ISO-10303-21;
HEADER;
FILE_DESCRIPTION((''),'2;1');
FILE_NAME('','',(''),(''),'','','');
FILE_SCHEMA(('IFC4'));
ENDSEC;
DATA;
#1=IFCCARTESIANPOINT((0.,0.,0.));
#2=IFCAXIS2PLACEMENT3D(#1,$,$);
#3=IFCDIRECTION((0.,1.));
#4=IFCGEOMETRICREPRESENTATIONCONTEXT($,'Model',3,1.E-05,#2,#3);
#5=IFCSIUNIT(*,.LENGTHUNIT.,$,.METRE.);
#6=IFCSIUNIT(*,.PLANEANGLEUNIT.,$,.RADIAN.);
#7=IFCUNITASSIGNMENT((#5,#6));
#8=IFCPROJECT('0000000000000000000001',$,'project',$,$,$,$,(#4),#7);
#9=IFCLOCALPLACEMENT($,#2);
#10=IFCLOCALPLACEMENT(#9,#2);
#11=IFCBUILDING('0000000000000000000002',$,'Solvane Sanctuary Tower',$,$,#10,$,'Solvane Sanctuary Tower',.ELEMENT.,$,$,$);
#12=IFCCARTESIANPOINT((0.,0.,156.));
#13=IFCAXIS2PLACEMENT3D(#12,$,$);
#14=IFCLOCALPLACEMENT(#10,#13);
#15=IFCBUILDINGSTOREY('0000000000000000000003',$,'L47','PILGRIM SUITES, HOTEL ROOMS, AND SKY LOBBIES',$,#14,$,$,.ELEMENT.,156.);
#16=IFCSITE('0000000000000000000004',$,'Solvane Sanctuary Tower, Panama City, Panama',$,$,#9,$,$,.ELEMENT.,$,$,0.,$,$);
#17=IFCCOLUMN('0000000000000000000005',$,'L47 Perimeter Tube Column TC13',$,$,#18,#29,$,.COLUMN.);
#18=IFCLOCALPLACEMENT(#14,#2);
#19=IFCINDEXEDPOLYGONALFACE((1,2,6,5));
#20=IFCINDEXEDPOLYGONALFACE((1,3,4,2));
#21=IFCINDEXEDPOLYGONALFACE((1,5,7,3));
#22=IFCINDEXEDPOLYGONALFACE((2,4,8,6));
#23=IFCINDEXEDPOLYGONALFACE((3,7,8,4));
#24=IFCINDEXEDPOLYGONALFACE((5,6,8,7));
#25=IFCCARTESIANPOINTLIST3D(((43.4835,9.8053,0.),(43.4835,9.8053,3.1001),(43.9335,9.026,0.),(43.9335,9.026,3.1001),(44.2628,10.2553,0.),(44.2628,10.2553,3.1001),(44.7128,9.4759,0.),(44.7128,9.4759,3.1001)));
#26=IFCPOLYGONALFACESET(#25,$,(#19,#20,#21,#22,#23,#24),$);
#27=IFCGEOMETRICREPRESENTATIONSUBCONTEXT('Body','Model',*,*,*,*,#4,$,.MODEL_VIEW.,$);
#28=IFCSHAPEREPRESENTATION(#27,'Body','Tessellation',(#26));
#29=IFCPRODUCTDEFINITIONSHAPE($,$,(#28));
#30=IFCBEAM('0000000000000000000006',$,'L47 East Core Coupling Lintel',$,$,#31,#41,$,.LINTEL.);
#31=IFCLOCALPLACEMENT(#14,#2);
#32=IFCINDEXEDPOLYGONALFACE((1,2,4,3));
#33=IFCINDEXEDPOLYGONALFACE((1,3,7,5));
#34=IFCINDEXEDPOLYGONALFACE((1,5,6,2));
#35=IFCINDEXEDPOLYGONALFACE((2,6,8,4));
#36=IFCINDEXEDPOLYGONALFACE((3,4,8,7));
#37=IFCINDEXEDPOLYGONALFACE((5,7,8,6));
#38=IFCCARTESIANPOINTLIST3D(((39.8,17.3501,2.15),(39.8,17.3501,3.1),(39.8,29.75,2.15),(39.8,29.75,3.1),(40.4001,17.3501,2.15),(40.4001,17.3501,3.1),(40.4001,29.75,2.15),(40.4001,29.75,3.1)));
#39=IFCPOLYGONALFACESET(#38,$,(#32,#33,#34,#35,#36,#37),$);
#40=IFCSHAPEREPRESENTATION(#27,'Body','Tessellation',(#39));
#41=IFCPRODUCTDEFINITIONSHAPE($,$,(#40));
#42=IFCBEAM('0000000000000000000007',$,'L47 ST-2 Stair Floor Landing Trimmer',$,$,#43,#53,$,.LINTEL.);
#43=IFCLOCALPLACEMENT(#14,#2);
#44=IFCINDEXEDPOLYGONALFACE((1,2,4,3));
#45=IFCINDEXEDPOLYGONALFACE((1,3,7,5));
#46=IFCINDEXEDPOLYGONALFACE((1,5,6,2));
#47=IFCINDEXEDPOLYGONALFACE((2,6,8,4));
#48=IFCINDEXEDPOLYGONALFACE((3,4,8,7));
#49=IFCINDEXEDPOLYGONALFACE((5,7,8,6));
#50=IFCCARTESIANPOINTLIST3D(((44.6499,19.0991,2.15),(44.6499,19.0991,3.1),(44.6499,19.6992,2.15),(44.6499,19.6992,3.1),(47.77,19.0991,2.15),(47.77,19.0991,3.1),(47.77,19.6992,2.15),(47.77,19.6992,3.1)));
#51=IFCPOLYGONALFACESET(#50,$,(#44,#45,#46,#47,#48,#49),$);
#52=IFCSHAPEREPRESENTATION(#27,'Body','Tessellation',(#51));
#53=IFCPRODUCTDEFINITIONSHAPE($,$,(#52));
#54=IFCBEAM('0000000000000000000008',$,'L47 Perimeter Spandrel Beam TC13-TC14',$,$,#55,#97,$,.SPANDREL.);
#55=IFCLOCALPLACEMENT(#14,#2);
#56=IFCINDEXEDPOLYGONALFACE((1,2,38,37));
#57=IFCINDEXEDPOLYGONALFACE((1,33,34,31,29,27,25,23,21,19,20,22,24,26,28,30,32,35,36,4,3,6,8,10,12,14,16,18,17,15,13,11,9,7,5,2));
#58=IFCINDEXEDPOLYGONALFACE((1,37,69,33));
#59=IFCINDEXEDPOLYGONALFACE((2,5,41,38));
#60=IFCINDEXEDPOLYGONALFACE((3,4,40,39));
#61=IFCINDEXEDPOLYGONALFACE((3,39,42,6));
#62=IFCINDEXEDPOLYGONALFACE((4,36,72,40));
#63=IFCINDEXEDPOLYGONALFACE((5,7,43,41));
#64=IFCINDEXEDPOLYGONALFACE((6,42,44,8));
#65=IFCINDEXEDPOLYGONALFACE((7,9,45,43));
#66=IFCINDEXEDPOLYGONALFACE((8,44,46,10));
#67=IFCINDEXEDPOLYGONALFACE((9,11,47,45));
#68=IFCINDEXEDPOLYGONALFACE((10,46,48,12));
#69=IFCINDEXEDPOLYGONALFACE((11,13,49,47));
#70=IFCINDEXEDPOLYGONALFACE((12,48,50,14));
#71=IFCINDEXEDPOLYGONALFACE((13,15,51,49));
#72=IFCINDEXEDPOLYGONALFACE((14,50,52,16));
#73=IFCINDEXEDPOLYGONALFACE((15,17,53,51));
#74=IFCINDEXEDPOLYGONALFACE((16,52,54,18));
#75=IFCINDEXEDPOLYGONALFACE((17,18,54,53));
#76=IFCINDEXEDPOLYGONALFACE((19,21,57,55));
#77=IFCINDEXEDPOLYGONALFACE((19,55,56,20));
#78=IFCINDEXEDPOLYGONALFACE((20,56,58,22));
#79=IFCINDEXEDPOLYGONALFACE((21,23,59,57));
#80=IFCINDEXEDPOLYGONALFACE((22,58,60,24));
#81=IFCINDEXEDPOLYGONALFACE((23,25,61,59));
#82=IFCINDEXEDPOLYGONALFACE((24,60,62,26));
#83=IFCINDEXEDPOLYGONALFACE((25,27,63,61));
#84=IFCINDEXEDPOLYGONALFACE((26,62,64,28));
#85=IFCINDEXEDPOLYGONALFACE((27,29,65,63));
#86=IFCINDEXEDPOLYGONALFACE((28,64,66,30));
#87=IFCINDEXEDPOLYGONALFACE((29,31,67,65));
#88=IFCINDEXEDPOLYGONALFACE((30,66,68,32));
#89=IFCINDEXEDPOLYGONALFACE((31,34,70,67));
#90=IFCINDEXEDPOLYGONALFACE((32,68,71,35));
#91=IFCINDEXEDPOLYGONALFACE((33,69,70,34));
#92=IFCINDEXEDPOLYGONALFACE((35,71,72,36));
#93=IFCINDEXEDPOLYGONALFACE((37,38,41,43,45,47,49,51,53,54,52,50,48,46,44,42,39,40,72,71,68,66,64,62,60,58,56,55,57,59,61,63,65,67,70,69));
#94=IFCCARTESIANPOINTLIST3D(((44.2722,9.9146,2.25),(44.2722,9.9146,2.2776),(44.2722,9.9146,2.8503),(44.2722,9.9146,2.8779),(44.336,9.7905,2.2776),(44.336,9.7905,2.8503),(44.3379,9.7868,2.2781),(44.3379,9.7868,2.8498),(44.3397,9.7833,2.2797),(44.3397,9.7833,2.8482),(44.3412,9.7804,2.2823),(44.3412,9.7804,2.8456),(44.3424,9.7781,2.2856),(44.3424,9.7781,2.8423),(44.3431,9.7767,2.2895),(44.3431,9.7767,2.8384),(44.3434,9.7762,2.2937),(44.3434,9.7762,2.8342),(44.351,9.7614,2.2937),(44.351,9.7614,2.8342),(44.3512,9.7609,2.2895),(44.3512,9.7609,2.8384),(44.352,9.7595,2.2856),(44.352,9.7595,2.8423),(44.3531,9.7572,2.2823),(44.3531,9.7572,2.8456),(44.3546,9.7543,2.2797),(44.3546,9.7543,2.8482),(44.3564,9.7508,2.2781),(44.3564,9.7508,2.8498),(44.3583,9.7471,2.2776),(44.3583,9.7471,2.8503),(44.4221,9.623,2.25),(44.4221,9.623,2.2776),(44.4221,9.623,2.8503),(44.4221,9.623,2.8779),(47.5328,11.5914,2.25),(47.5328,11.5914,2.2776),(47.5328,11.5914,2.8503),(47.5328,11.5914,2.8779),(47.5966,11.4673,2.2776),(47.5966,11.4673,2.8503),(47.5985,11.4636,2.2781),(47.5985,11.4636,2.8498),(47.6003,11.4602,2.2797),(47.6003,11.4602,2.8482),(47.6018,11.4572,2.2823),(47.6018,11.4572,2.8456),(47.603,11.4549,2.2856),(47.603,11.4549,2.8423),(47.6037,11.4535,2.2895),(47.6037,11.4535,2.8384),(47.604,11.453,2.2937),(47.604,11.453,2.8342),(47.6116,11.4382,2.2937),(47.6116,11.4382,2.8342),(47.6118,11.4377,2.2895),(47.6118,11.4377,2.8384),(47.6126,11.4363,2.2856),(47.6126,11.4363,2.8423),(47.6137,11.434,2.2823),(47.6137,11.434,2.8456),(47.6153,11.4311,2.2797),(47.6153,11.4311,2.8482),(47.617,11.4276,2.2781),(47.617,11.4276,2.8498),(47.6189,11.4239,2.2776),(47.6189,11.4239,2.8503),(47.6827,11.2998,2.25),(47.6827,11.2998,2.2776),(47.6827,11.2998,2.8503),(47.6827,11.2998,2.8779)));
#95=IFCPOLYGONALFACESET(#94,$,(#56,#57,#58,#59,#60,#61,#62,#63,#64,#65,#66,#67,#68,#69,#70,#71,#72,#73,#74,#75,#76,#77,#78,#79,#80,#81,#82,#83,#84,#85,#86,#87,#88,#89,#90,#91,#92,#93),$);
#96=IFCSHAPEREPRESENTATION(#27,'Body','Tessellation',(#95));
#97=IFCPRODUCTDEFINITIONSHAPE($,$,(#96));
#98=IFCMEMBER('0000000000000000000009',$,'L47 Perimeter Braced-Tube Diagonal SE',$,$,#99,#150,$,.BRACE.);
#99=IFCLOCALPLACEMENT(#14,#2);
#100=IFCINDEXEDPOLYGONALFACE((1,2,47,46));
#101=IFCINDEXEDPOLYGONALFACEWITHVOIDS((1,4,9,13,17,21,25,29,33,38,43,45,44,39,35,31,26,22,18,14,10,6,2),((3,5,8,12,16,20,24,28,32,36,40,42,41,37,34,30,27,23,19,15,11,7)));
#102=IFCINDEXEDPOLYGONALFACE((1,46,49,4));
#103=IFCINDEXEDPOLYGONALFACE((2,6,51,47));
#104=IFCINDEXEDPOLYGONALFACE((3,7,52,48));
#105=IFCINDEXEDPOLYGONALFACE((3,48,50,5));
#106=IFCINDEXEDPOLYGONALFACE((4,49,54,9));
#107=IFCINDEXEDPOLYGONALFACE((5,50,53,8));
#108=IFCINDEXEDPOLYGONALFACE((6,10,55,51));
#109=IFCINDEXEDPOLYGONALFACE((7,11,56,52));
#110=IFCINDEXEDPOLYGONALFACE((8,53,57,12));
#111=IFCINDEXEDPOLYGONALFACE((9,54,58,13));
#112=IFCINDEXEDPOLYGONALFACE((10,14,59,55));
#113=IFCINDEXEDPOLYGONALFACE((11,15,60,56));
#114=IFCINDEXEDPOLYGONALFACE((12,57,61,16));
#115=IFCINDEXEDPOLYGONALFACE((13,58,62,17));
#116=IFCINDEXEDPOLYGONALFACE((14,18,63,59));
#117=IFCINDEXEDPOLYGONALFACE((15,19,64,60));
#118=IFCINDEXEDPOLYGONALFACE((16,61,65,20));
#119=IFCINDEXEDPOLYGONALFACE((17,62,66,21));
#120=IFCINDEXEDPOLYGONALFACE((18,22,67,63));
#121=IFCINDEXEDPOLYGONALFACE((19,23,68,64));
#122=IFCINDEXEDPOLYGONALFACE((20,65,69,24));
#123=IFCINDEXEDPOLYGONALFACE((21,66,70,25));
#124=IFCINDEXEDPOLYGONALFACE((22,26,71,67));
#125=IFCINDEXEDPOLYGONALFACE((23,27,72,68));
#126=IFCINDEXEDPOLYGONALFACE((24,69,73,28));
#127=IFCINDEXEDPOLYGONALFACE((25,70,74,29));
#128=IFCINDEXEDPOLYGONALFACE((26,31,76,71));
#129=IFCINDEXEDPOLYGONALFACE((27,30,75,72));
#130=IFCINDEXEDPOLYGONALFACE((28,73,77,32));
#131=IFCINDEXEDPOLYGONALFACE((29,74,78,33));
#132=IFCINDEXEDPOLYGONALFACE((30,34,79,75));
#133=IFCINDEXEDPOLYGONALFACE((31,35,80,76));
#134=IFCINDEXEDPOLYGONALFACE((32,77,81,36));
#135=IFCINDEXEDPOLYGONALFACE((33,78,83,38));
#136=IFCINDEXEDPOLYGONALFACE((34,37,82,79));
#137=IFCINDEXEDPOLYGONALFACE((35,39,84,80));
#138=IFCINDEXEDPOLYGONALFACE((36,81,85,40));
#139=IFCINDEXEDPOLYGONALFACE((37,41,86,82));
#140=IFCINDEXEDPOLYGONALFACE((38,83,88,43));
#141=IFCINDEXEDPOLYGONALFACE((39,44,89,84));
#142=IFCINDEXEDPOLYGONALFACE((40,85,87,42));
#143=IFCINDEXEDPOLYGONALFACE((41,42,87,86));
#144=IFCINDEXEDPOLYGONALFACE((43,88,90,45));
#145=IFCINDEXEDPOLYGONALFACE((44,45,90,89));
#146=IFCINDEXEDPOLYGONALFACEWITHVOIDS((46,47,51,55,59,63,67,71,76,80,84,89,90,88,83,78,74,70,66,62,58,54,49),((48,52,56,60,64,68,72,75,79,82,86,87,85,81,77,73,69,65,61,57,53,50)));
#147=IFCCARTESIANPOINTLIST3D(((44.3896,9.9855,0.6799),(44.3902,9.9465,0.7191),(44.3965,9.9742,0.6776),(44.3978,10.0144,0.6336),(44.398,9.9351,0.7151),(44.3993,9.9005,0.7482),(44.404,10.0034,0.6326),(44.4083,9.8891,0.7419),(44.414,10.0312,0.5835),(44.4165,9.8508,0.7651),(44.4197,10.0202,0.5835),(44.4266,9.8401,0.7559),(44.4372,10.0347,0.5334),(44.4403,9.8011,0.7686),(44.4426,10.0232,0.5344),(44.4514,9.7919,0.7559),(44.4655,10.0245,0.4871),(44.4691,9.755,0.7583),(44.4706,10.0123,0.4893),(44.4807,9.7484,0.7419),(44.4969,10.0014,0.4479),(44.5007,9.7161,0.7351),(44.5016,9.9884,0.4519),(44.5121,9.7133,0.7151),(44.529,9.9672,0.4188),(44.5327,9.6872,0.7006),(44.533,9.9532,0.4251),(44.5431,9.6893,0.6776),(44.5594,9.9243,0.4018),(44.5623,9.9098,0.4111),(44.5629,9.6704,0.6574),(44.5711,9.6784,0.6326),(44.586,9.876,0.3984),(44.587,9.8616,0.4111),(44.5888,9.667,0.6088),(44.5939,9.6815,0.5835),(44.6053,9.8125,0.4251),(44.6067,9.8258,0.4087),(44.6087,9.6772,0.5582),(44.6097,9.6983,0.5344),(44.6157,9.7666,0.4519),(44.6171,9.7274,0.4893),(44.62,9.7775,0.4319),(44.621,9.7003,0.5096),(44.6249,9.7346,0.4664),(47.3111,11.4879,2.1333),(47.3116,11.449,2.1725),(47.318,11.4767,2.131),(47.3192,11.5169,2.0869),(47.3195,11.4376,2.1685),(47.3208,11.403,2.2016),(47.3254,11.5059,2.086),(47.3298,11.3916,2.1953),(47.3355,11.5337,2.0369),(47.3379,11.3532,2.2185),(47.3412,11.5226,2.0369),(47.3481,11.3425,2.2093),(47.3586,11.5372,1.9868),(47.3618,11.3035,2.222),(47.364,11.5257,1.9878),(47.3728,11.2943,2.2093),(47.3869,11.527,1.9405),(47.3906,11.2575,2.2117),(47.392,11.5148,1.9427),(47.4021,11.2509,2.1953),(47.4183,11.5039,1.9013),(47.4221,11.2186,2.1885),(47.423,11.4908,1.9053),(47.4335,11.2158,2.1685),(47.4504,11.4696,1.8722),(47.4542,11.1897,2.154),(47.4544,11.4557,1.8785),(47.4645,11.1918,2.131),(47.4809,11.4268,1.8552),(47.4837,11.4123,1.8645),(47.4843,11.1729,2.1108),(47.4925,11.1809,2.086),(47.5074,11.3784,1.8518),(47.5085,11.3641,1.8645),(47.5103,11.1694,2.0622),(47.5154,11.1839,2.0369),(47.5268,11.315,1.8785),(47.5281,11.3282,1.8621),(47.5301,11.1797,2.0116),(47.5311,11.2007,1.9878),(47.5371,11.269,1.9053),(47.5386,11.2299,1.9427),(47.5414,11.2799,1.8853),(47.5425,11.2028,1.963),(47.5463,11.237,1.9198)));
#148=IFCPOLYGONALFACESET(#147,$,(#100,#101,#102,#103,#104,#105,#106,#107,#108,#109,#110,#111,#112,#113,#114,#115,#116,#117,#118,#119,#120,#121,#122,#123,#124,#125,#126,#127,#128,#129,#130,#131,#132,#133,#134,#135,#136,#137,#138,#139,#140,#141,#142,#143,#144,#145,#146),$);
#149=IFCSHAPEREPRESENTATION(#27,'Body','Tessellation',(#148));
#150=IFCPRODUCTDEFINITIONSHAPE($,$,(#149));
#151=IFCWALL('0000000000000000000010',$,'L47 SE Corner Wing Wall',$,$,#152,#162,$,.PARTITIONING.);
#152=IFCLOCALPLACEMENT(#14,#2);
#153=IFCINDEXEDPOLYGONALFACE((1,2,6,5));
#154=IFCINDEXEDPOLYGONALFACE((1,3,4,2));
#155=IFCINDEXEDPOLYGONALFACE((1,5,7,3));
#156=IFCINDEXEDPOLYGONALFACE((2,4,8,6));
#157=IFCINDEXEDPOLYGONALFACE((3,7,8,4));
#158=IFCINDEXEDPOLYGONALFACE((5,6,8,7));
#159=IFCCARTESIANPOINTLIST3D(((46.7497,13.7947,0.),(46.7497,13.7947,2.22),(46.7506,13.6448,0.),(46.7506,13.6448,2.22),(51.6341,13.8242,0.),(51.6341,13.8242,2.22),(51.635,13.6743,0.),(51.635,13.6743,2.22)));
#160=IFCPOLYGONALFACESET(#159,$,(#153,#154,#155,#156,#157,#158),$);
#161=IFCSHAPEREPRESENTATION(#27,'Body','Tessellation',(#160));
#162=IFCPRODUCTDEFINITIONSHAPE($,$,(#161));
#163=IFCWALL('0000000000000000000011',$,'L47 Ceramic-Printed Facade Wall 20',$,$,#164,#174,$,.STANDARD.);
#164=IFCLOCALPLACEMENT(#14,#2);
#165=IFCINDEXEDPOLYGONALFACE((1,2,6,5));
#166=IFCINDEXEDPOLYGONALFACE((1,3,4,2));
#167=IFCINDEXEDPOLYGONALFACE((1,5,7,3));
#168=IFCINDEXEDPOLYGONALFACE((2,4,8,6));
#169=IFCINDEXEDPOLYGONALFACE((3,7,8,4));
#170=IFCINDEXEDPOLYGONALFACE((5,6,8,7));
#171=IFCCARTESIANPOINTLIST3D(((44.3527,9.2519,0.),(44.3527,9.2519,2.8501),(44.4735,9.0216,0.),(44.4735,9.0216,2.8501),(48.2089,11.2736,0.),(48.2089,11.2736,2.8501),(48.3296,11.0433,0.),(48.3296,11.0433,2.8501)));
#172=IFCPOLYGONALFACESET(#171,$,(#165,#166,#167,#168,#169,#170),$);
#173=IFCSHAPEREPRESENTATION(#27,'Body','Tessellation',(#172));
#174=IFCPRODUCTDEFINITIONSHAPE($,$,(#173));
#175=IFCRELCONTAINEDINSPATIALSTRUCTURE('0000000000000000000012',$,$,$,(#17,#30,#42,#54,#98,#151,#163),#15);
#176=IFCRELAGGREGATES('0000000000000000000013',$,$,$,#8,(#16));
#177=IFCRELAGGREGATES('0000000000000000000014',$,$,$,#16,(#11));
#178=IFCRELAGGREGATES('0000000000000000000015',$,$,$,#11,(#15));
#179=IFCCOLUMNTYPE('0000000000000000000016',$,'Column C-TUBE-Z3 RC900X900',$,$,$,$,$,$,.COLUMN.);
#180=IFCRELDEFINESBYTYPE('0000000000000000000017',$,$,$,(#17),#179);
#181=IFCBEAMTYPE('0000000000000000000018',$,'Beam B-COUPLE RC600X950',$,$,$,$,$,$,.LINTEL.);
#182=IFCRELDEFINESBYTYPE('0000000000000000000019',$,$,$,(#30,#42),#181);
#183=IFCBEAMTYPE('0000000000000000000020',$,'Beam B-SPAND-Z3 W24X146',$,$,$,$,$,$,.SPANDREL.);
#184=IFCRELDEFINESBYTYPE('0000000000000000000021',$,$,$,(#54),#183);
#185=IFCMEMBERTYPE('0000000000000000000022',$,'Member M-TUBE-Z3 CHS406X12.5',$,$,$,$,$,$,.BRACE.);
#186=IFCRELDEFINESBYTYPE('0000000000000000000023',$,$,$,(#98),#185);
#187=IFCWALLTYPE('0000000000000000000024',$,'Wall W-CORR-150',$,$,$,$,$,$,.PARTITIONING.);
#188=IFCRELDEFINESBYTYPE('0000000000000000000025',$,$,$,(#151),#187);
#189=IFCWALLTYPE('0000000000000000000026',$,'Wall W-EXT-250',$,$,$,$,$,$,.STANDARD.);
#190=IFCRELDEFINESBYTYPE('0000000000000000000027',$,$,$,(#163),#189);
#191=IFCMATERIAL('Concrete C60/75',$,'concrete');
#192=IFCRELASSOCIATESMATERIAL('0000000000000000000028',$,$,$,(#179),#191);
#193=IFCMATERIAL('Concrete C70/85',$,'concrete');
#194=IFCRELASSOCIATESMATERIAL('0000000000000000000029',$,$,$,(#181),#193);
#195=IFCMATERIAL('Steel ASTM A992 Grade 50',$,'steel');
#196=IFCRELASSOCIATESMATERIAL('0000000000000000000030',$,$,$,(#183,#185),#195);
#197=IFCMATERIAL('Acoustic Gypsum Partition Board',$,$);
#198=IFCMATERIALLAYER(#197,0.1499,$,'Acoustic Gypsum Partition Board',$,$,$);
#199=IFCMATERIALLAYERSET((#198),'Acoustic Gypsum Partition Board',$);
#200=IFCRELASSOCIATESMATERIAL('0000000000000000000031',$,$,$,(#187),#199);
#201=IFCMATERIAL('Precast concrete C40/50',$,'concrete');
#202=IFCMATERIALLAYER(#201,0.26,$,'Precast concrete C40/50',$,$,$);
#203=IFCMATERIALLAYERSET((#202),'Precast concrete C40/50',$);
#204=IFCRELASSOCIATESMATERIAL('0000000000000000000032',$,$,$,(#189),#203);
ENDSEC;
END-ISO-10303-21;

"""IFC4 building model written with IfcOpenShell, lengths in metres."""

from ifc_helpers import new_model, si_unit, direction, frame, frame_2d, origin, origin_2d, place, context, subcontext, project, spatial, rectangle, hollow_circle, i_section, extrude, material, layer, layer_set, material_profile, profile_set, type_object, element, save


model = new_model("IFC4")

# Units and contexts
model_context = context("Model", 3, precision=1e-05, world=origin(), true_north=direction((0.0, 1.0)))
body_context = subcontext(model_context, "Body", "Model", "MODEL_VIEW")
ifc_project = project(units=[si_unit("LENGTHUNIT", "METRE"), si_unit("PLANEANGLEUNIT", "RADIAN")], contexts=[model_context])

# Site, building, storey
site_placement = place(None, origin())
site = spatial("IfcSite", under=ifc_project, at=site_placement, Name="Solvane Sanctuary Tower, Panama City, Panama", CompositionType="ELEMENT", RefElevation=0.0)
building_placement = place(site_placement, origin())
building = spatial("IfcBuilding", under=site, at=building_placement, Name="Solvane Sanctuary Tower", LongName="Solvane Sanctuary Tower", CompositionType="ELEMENT")
storey_placement = place(building_placement, frame((0.0, 0.0, 156.0)))
storey = spatial("IfcBuildingStorey", under=building, at=storey_placement, Name="L47", Description="PILGRIM SUITES, HOTEL ROOMS, AND SKY LOBBIES", CompositionType="ELEMENT", Elevation=156.0)

# Column
ifc_material_1 = material(Name="Concrete C60/75", Category="concrete")
ifc_material_profile_1 = material_profile(ifc_material_1, rectangle(XDim=0.8999, YDim=0.8999, at=origin_2d()), Name="RC900X900")
ifc_profile_set_1 = profile_set([ifc_material_profile_1], Name="Concrete C60/75")
column_type = type_object("IfcColumnType", Name="Column C-TUBE-Z3 RC900X900", PredefinedType="COLUMN", material=ifc_profile_set_1)
column_placement = place(storey_placement, frame((44.0981, 9.6406, 0.0), z_axis=(0.0, 0.0, 1.0), x_axis=(0.5, -0.866025, 0.0)))
element("IfcColumn", 1, at=column_placement, inside=storey, type_object=column_type, Name="L47 Perimeter Tube Column TC13", PredefinedType="COLUMN", context=body_context, shape_type="SweptSolid", body=[
    extrude(rectangle(XDim=0.8999, YDim=0.8999, at=origin_2d()), origin(), (0.0, 0.0, 1.0), 3.1001),
])

# Beams
ifc_material_2 = material(Name="Concrete C70/85", Category="concrete")
ifc_material_profile_2 = material_profile(ifc_material_2, rectangle(XDim=0.6001, YDim=0.95, at=origin_2d()), Name="RC600X950")
ifc_profile_set_2 = profile_set([ifc_material_profile_2], Name="Concrete C70/85")
beam_type_1 = type_object("IfcBeamType", Name="Beam B-COUPLE RC600X950", PredefinedType="LINTEL", material=ifc_profile_set_2)
beam_1_placement = place(storey_placement, frame((40.1001, 17.3501, 2.625), z_axis=(0.0, 1.0, 0.0), x_axis=(-1.0, 0.0, 0.0)))
element("IfcBeam", 2, at=beam_1_placement, inside=storey, type_object=beam_type_1, Name="L47 East Core Coupling Lintel", PredefinedType="LINTEL", context=body_context, shape_type="SweptSolid", body=[
    extrude(rectangle(XDim=0.6001, YDim=0.95, at=origin_2d()), origin(), (0.0, 0.0, 1.0), 12.3999),
])
beam_2_placement = place(storey_placement, frame((44.6499, 19.3992, 2.625), z_axis=(1.0, 0.0, 0.0), x_axis=(0.0, 1.0, 0.0)))
element("IfcBeam", 3, at=beam_2_placement, inside=storey, type_object=beam_type_1, Name="L47 ST-2 Stair Floor Landing Trimmer", PredefinedType="LINTEL", context=body_context, shape_type="SweptSolid", body=[
    extrude(rectangle(XDim=0.6001, YDim=0.95, at=origin_2d()), origin(), (0.0, 0.0, 1.0), 3.1201),
])
ifc_material_3 = material(Name="Steel ASTM A992 Grade 50", Category="steel")
ifc_material_profile_3 = material_profile(ifc_material_3, i_section(OverallWidth=0.3279, OverallDepth=0.6279, WebThickness=0.0166, FlangeThickness=0.0276, FilletRadius=0.0161, at=origin_2d()), Name="W24X146")
ifc_profile_set_3 = profile_set([ifc_material_profile_3], Name="Steel ASTM A992 Grade 50")
beam_type_2 = type_object("IfcBeamType", Name="Beam B-SPAND-Z3 W24X146", PredefinedType="SPANDREL", material=ifc_profile_set_3)
beam_3_placement = place(storey_placement, frame((44.3472, 9.7688, 2.564), z_axis=(0.889296, 0.457333, 0.0), x_axis=(-0.457333, 0.889296, 0.0)))
element("IfcBeam", 4, at=beam_3_placement, inside=storey, type_object=beam_type_2, Name="L47 Perimeter Spandrel Beam TC13-TC14", PredefinedType="SPANDREL", context=body_context, shape_type="SweptSolid", body=[
    extrude(i_section(OverallWidth=0.3279, OverallDepth=0.6279, WebThickness=0.0166, FlangeThickness=0.0276, FilletRadius=0.0161, at=origin_2d()), origin(), (0.0, 0.0, 1.0), 3.6665),
])

# Member
ifc_material_profile_4 = material_profile(ifc_material_3, hollow_circle(Radius=0.2029, WallThickness=0.0125, at=origin_2d()), Name="CHS406X12.5")
ifc_profile_set_4 = profile_set([ifc_material_profile_4], Name="Steel ASTM A992 Grade 50")
member_type = type_object("IfcMemberType", Name="Member M-TUBE-Z3 CHS406X12.5", PredefinedType="BRACE", material=ifc_profile_set_4)
member_placement = place(storey_placement, frame((44.5068, 9.8508, 0.5835), z_axis=(0.813252, 0.418248, 0.404587), x_axis=(-0.457351, 0.889286, 0.0)))
element("IfcMember", 5, at=member_placement, inside=storey, type_object=member_type, Name="L47 Perimeter Braced-Tube Diagonal SE", PredefinedType="BRACE", context=body_context, shape_type="SweptSolid", body=[
    extrude(hollow_circle(Radius=0.2029, WallThickness=0.0125, at=origin_2d()), origin(), (0.0, 0.0, 1.0), 3.5923),
])

# Walls
ifc_material_4 = material(Name="Acoustic Gypsum Partition Board")
ifc_layer_1 = layer(ifc_material_4, 0.1499, Name="Acoustic Gypsum Partition Board")
ifc_layer_set_1 = layer_set([ifc_layer_1], Name="Acoustic Gypsum Partition Board")
wall_type_1 = type_object("IfcWallType", Name="Wall W-CORR-150", PredefinedType="PARTITIONING", material=ifc_layer_set_1)
wall_1_placement = place(storey_placement, frame((46.75, 13.7197, 0.0), z_axis=(0.0, 0.0, 1.0), x_axis=(0.999982, 0.006048, 0.0)))
element("IfcWall", 6, at=wall_1_placement, inside=storey, type_object=wall_type_1, Name="L47 SE Corner Wing Wall", PredefinedType="PARTITIONING", context=body_context, shape_type="SweptSolid", body=[
    extrude(rectangle(XDim=4.8845, YDim=0.1499, at=frame_2d((2.4424, 0.0))), origin(), (0.0, 0.0, 1.0), 2.22),
])
ifc_material_5 = material(Name="Precast concrete C40/50", Category="concrete")
ifc_layer_2 = layer(ifc_material_5, 0.26, Name="Precast concrete C40/50")
ifc_layer_set_2 = layer_set([ifc_layer_2], Name="Precast concrete C40/50")
wall_type_2 = type_object("IfcWallType", Name="Wall W-EXT-250", PredefinedType="STANDARD", material=ifc_layer_set_2)
wall_2_placement = place(storey_placement, frame((44.4131, 9.1367, 0.0), z_axis=(0.0, 0.0, 1.0), x_axis=(0.88566, 0.464334, 0.0)))
element("IfcWall", 7, at=wall_2_placement, inside=storey, type_object=wall_type_2, Name="L47 Ceramic-Printed Facade Wall 20", PredefinedType="STANDARD", context=body_context, shape_type="SweptSolid", body=[
    extrude(rectangle(XDim=4.354, YDim=0.26, at=frame_2d((2.177, 0.0))), origin(), (0.0, 0.0, 1.0), 2.8501),
])

save(model, "model.ifc")
